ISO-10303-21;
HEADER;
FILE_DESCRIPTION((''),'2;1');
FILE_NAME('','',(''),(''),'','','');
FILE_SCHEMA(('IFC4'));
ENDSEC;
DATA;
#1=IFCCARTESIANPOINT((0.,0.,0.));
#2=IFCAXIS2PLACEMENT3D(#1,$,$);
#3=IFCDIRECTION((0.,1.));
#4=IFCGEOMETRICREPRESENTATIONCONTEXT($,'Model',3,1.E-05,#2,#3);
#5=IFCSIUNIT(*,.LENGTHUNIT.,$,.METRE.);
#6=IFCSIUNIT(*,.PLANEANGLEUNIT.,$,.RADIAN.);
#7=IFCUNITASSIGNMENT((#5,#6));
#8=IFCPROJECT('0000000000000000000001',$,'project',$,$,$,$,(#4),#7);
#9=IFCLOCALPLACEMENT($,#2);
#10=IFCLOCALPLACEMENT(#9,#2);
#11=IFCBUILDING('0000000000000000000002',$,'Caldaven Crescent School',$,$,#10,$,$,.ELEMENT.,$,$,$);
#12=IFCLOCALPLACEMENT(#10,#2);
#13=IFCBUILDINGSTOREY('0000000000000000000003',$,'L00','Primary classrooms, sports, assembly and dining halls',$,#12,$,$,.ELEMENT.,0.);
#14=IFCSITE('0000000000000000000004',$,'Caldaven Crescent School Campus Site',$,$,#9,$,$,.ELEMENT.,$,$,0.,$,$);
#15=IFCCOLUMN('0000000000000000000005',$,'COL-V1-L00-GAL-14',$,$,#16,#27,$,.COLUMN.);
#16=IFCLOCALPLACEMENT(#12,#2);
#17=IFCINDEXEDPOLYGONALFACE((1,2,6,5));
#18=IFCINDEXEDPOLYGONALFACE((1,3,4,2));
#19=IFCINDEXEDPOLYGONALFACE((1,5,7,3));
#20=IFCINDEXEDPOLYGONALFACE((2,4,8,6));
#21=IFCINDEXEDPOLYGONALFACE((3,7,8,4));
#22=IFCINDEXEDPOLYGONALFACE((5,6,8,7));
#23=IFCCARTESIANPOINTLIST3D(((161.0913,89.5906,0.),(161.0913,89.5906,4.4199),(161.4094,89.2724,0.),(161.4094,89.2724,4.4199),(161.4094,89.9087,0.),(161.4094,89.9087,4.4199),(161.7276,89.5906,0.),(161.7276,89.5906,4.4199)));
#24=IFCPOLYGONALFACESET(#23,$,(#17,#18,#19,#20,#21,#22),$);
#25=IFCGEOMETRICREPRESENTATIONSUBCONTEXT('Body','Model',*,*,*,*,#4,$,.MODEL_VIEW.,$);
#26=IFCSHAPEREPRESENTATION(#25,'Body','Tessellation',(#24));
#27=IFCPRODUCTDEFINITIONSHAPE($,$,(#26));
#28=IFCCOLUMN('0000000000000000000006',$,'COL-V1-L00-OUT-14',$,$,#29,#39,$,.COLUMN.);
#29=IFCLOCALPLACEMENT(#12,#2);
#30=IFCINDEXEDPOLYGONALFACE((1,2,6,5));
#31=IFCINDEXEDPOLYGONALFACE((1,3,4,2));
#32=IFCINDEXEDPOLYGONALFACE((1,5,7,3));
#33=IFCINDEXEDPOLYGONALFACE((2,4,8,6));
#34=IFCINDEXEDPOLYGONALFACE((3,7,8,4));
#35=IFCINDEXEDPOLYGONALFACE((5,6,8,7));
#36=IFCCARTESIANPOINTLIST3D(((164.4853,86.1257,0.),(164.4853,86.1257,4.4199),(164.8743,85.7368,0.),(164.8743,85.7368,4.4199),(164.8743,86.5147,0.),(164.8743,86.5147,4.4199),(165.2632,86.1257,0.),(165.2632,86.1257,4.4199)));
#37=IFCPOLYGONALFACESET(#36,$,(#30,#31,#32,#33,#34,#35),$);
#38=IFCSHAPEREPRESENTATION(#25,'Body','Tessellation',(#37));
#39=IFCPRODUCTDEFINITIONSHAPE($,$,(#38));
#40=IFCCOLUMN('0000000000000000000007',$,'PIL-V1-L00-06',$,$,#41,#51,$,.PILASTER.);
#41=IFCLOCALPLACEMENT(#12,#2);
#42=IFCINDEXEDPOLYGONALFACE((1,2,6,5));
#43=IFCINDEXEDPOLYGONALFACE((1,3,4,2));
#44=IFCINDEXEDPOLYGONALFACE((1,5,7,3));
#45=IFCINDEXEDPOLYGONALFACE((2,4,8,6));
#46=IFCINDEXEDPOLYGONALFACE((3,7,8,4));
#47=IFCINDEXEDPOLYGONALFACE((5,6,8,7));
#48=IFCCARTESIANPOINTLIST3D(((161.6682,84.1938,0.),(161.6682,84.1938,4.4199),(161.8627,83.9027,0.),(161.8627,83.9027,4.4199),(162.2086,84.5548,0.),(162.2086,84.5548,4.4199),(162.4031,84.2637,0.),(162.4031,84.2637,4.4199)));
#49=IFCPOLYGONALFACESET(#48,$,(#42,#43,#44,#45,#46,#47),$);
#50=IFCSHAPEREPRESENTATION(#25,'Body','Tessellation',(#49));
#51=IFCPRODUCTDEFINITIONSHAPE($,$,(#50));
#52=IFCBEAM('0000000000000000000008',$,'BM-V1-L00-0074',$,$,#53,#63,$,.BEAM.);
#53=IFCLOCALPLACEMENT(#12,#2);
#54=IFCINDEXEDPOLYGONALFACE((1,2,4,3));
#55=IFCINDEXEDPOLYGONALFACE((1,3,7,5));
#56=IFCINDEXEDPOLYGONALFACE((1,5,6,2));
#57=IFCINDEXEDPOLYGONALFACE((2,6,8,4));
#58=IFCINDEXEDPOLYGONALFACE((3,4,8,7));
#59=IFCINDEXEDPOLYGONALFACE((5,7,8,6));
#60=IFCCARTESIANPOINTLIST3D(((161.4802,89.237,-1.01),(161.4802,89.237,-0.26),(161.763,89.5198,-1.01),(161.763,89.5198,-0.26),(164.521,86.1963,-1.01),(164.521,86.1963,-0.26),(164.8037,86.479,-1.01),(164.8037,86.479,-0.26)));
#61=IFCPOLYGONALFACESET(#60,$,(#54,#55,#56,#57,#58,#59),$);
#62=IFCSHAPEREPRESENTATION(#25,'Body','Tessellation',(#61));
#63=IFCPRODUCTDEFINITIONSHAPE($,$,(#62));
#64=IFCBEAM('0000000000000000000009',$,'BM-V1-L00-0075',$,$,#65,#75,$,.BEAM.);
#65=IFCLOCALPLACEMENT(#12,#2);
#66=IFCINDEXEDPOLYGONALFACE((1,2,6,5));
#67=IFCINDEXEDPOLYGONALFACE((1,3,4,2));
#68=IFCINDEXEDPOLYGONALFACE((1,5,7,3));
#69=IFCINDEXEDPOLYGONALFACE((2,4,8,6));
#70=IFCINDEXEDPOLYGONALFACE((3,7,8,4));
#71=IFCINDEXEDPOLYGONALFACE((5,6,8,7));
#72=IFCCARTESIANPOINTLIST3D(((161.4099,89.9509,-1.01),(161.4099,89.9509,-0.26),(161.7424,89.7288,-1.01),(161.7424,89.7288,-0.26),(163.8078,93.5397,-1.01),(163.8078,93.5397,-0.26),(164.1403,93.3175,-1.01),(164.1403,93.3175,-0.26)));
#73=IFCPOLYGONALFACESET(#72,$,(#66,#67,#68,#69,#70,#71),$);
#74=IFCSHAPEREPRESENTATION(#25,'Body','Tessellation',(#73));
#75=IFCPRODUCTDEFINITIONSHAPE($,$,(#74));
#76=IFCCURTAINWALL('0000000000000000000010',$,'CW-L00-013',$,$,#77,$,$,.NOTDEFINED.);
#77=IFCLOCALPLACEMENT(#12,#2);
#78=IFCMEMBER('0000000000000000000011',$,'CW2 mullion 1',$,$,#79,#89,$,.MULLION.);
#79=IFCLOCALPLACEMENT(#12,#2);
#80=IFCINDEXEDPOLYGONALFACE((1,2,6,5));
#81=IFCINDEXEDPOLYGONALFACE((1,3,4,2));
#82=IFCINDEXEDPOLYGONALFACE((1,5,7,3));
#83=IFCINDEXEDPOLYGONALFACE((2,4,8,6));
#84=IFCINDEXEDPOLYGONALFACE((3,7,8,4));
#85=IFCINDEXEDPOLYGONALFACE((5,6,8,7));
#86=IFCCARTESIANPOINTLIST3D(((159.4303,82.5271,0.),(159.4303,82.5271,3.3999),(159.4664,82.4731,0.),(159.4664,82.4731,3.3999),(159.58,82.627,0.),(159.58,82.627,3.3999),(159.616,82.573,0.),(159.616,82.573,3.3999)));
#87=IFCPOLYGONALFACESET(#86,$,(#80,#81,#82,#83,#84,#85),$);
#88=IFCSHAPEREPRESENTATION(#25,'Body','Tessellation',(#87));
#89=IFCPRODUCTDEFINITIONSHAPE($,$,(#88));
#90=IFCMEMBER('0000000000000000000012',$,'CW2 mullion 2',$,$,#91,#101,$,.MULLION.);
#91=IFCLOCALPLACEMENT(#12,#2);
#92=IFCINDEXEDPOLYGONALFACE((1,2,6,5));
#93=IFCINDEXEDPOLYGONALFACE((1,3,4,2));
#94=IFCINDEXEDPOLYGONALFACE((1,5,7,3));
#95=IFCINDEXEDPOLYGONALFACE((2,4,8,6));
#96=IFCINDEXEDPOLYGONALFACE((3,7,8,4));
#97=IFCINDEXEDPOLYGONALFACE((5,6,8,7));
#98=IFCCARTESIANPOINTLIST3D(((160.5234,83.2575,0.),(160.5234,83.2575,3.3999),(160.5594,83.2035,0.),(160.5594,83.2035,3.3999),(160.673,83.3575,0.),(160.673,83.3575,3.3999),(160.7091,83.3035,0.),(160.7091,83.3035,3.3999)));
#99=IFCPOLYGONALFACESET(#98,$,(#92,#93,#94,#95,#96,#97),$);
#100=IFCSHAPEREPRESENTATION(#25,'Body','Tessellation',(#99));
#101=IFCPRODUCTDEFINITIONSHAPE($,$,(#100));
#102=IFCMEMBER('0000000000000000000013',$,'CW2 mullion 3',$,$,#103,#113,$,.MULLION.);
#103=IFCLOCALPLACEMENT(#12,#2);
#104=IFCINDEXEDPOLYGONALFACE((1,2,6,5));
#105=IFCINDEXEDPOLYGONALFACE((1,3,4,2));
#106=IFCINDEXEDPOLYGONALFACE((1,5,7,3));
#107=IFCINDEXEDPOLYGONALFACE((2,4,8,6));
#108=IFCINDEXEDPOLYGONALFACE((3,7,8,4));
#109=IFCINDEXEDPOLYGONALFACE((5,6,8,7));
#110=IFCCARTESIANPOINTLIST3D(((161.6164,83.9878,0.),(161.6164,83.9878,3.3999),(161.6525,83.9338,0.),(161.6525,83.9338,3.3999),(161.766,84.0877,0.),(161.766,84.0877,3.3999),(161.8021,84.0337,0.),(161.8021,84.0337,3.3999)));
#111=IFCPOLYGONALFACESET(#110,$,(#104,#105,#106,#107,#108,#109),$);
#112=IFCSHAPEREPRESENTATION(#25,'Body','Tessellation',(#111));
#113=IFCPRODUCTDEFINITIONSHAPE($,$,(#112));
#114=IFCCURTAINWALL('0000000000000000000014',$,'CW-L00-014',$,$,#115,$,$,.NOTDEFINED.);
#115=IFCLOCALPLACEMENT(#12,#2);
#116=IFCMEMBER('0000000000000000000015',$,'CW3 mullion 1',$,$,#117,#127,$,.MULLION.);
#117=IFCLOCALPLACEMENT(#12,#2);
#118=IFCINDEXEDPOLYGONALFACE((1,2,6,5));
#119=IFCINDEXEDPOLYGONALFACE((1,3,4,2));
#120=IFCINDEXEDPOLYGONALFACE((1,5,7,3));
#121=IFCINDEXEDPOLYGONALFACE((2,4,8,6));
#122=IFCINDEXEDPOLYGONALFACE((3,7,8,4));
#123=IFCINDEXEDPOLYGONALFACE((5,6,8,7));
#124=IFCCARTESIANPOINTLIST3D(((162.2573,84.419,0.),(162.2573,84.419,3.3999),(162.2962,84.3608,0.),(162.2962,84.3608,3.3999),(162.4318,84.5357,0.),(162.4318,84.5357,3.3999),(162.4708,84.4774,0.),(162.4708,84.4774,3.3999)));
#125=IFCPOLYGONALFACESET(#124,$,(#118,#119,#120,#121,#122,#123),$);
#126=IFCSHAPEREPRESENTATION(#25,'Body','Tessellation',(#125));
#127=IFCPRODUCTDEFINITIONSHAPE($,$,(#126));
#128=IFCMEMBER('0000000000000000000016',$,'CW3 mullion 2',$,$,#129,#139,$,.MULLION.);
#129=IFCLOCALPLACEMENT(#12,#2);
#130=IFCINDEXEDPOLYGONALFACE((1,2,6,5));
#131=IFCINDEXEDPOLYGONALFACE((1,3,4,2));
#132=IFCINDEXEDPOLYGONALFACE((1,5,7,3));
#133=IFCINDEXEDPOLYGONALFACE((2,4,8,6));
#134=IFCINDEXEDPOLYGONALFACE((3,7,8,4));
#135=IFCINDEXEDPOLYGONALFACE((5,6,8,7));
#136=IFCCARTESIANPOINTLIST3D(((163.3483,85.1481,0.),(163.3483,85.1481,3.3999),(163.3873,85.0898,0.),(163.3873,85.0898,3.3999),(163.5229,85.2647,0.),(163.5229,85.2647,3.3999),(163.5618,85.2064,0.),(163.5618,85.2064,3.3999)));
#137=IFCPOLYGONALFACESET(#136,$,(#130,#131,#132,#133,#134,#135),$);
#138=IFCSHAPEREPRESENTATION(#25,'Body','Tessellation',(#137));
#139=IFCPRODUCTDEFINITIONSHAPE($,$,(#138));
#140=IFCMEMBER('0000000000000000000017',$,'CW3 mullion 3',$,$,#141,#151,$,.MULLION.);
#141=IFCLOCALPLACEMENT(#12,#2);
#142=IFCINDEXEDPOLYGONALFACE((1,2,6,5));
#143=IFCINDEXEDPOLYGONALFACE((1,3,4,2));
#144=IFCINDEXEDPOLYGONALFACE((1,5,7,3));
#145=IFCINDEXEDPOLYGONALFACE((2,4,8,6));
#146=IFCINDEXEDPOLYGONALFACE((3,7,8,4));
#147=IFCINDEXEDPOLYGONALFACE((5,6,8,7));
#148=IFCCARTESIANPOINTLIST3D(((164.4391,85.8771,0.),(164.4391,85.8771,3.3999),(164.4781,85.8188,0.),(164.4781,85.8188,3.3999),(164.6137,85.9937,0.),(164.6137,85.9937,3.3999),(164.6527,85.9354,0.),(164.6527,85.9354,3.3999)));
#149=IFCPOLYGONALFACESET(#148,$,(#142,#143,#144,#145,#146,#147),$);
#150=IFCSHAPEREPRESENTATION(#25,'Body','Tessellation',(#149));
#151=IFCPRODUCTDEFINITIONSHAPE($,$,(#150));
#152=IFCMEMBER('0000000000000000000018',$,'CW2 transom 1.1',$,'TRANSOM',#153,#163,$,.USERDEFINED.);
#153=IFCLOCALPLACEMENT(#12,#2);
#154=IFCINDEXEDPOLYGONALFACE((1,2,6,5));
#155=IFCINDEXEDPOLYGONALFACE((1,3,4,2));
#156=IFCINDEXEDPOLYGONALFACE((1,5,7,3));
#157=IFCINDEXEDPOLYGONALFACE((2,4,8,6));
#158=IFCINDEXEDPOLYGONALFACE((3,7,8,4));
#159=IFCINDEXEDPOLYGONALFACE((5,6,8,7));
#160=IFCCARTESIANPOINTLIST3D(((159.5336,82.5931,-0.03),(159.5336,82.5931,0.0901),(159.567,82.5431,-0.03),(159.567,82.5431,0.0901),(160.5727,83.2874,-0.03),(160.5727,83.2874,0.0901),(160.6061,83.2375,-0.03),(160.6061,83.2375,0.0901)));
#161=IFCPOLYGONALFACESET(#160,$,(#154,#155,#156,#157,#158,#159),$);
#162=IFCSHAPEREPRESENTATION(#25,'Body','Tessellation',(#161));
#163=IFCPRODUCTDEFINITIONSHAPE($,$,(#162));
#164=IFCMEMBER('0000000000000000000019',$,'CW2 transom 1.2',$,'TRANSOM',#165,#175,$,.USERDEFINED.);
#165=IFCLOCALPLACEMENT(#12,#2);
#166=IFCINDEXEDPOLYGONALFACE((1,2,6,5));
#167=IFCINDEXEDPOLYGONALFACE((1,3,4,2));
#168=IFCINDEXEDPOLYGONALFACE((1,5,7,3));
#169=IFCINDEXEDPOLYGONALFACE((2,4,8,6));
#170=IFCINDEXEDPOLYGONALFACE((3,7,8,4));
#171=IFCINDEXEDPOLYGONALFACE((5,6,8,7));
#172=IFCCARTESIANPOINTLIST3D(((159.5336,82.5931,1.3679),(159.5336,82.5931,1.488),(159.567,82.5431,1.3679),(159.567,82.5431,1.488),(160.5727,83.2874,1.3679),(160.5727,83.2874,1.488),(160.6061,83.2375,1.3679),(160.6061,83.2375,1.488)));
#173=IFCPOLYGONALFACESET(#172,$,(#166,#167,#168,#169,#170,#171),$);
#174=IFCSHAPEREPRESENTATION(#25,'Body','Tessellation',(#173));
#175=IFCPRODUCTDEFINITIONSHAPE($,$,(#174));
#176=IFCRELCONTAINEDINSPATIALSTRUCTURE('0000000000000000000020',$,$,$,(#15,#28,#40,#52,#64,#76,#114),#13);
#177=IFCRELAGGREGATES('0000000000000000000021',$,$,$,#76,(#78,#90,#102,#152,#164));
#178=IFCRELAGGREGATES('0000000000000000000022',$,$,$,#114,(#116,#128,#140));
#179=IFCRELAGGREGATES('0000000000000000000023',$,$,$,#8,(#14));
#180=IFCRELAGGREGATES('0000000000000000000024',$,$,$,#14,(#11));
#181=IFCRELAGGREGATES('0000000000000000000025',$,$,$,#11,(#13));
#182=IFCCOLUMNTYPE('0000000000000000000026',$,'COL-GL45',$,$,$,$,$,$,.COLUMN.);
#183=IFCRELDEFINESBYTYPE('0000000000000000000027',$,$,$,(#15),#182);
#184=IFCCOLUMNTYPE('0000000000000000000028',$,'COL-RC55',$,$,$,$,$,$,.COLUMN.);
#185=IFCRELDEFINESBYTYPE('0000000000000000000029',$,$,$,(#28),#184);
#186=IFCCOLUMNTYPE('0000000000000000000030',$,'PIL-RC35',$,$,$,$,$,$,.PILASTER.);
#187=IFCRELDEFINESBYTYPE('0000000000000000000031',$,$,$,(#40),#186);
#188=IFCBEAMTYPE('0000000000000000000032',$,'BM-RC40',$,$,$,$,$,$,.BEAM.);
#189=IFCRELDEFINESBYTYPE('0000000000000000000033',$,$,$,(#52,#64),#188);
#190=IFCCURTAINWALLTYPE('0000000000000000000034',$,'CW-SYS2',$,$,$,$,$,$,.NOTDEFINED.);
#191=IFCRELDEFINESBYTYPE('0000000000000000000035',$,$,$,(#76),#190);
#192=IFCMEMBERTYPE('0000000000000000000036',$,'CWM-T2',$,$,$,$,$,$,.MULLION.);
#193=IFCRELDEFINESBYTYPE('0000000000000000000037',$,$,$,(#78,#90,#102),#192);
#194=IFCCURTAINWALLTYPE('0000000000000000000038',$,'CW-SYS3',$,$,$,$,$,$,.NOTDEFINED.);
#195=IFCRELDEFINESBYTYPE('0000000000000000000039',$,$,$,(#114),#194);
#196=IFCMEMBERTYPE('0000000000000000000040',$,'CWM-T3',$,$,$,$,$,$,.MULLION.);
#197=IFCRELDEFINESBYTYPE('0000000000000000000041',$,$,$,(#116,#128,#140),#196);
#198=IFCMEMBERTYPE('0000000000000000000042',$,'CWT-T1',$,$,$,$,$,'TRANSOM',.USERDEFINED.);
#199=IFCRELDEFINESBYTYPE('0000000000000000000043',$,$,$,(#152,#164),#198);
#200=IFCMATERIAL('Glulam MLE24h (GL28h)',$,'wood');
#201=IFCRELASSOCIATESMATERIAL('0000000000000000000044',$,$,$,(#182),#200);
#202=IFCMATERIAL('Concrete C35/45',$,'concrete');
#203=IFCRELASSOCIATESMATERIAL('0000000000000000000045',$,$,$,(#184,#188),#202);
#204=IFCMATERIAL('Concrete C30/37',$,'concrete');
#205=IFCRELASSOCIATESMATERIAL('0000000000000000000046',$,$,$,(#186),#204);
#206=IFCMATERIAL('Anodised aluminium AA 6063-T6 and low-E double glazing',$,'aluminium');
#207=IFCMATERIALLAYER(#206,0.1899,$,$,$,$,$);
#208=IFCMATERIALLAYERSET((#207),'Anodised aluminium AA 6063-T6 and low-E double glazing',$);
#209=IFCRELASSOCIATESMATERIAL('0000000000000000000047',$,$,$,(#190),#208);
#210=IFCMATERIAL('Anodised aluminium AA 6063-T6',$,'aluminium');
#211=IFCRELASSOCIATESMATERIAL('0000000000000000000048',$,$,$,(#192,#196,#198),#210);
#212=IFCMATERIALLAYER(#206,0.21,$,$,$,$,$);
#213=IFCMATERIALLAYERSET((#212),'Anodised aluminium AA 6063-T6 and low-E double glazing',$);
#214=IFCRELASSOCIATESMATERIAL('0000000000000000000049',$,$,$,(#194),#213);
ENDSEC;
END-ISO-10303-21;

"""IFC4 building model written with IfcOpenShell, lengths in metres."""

from ifc_helpers import new_model, si_unit, direction, frame, origin, origin_2d, place, context, subcontext, project, spatial, rectangle, extrude, material, layer, layer_set, material_profile, profile_set, type_object, element, aggregate, save


model = new_model("IFC4")

# Units and contexts
model_context = context("Model", 3, precision=1e-05, world=origin(), true_north=direction((0.0, 1.0)))
body_context = subcontext(model_context, "Body", "Model", "MODEL_VIEW")
ifc_project = project(units=[si_unit("LENGTHUNIT", "METRE"), si_unit("PLANEANGLEUNIT", "RADIAN")], contexts=[model_context])

# Site, building, storey
site_placement = place(None, origin())
site = spatial("IfcSite", under=ifc_project, at=site_placement, Name="Caldaven Crescent School Campus Site", CompositionType="ELEMENT", RefElevation=0.0)
building_placement = place(site_placement, origin())
building = spatial("IfcBuilding", under=site, at=building_placement, Name="Caldaven Crescent School", CompositionType="ELEMENT")
storey_placement = place(building_placement, origin())
storey = spatial("IfcBuildingStorey", under=building, at=storey_placement, Name="L00", Description="Primary classrooms, sports, assembly and dining halls", CompositionType="ELEMENT", Elevation=0.0)

# Columns
ifc_material_1 = material(Name="Glulam MLE24h (GL28h)", Category="wood")
ifc_material_profile_1 = material_profile(ifc_material_1, rectangle(XDim=0.45, YDim=0.45, at=origin_2d()), Name="MLE 450x450")
ifc_profile_set_1 = profile_set([ifc_material_profile_1], Name="Glulam MLE24h (GL28h)")
column_type_1 = type_object("IfcColumnType", Name="COL-GL45", PredefinedType="COLUMN", material=ifc_profile_set_1)
column_1_placement = place(storey_placement, frame((161.4094, 89.5906, 0.0), z_axis=(0.0, 0.0, 1.0), x_axis=(0.707107, -0.707107, 0.0)))
element("IfcColumn", 1, at=column_1_placement, inside=storey, type_object=column_type_1, Name="COL-V1-L00-GAL-14", PredefinedType="COLUMN", context=body_context, shape_type="SweptSolid", body=[
    extrude(rectangle(XDim=0.45, YDim=0.45, at=origin_2d()), origin(), (0.0, 0.0, 1.0), 4.4199),
])
ifc_material_2 = material(Name="Concrete C35/45", Category="concrete")
ifc_material_profile_2 = material_profile(ifc_material_2, rectangle(XDim=0.55, YDim=0.55, at=origin_2d()), Name="RC 550x550")
ifc_profile_set_2 = profile_set([ifc_material_profile_2], Name="Concrete C35/45")
column_type_2 = type_object("IfcColumnType", Name="COL-RC55", PredefinedType="COLUMN", material=ifc_profile_set_2)
column_2_placement = place(storey_placement, frame((164.8743, 86.1257, 0.0), z_axis=(0.0, 0.0, 1.0), x_axis=(0.707107, -0.707107, 0.0)))
element("IfcColumn", 2, at=column_2_placement, inside=storey, type_object=column_type_2, Name="COL-V1-L00-OUT-14", PredefinedType="COLUMN", context=body_context, shape_type="SweptSolid", body=[
    extrude(rectangle(XDim=0.55, YDim=0.55, at=origin_2d()), origin(), (0.0, 0.0, 1.0), 4.4199),
])
ifc_material_3 = material(Name="Concrete C30/37", Category="concrete")
ifc_material_profile_3 = material_profile(ifc_material_3, rectangle(XDim=0.3501, YDim=0.6499, at=origin_2d()), Name="RC 350x650")
ifc_profile_set_3 = profile_set([ifc_material_profile_3], Name="Concrete C30/37")
column_type_3 = type_object("IfcColumnType", Name="PIL-RC35", PredefinedType="PILASTER", material=ifc_profile_set_3)
column_3_placement = place(storey_placement, frame((162.0356, 84.2288, 0.0), z_axis=(0.0, 0.0, 1.0), x_axis=(0.55557, -0.83147, 0.0)))
element("IfcColumn", 3, at=column_3_placement, inside=storey, type_object=column_type_3, Name="PIL-V1-L00-06", PredefinedType="PILASTER", context=body_context, shape_type="SweptSolid", body=[
    extrude(rectangle(XDim=0.3501, YDim=0.6499, at=origin_2d()), origin(), (0.0, 0.0, 1.0), 4.4199),
])

# Beams
ifc_material_profile_4 = material_profile(ifc_material_2, rectangle(XDim=0.3999, YDim=0.75, at=origin_2d()), Name="RC 400x750")
ifc_profile_set_4 = profile_set([ifc_material_profile_4], Name="Concrete C35/45")
beam_type_1 = type_object("IfcBeamType", Name="BM-RC40", PredefinedType="BEAM", material=ifc_profile_set_4)
beam_1_placement = place(storey_placement, frame((161.6216, 89.3784, -0.635), z_axis=(0.707107, -0.707107, 0.0), x_axis=(0.707107, 0.707107, 0.0)))
element("IfcBeam", 4, at=beam_1_placement, inside=storey, type_object=beam_type_1, Name="BM-V1-L00-0074", PredefinedType="BEAM", context=body_context, shape_type="SweptSolid", body=[
    extrude(rectangle(XDim=0.3999, YDim=0.75, at=origin_2d()), origin(), (0.0, 0.0, 1.0), 4.3003),
])
beam_2_placement = place(storey_placement, frame((161.5762, 89.8398, -0.635), z_axis=(0.555561, 0.831476, 0.0), x_axis=(-0.831476, 0.555561, 0.0)))
element("IfcBeam", 5, at=beam_2_placement, inside=storey, type_object=beam_type_1, Name="BM-V1-L00-0075", PredefinedType="BEAM", context=body_context, shape_type="SweptSolid", body=[
    extrude(rectangle(XDim=0.3999, YDim=0.75, at=origin_2d()), origin(), (0.0, 0.0, 1.0), 4.3162),
])

# Curtain walls, members
ifc_material_4 = material(Name="Anodised aluminium AA 6063-T6 and low-E double glazing", Category="aluminium")
ifc_layer_1 = layer(ifc_material_4, 0.1899)
ifc_layer_set_1 = layer_set([ifc_layer_1], Name="Anodised aluminium AA 6063-T6 and low-E double glazing")
curtain_wall_type_1 = type_object("IfcCurtainWallType", Name="CW-SYS2", PredefinedType="NOTDEFINED", material=ifc_layer_set_1)
curtain_wall_1_placement = place(storey_placement, origin())
curtain_wall_1 = element("IfcCurtainWall", 6, at=curtain_wall_1_placement, inside=storey, type_object=curtain_wall_type_1, Name="CW-L00-013", PredefinedType="NOTDEFINED")
ifc_material_5 = material(Name="Anodised aluminium AA 6063-T6", Category="aluminium")
ifc_material_profile_5 = material_profile(ifc_material_5, rectangle(XDim=0.0649, YDim=0.1799, at=origin_2d()), Name="CWM 65x180")
ifc_profile_set_5 = profile_set([ifc_material_profile_5], Name="Anodised aluminium AA 6063-T6")
member_type_1 = type_object("IfcMemberType", Name="CWM-T2", PredefinedType="MULLION", material=ifc_profile_set_5)
member_1_placement = place(storey_placement, frame((159.5232, 82.55, 0.0), z_axis=(0.0, 0.0, 1.0), x_axis=(-0.555569, 0.83147, 0.0)))
member_1 = element("IfcMember", 7, at=member_1_placement, type_object=member_type_1, Name="CW2 mullion 1", PredefinedType="MULLION", context=body_context, shape_type="SweptSolid", body=[
    extrude(rectangle(XDim=0.0649, YDim=0.1799, at=origin_2d()), origin(), (0.0, 0.0, 1.0), 3.3999),
])
member_2_placement = place(storey_placement, frame((160.6162, 83.2805, 0.0), z_axis=(0.0, 0.0, 1.0), x_axis=(-0.555569, 0.83147, 0.0)))
member_2 = element("IfcMember", 8, at=member_2_placement, type_object=member_type_1, Name="CW2 mullion 2", PredefinedType="MULLION", context=body_context, shape_type="SweptSolid", body=[
    extrude(rectangle(XDim=0.0649, YDim=0.1799, at=origin_2d()), origin(), (0.0, 0.0, 1.0), 3.3999),
])
member_3_placement = place(storey_placement, frame((161.7092, 84.0107, 0.0), z_axis=(0.0, 0.0, 1.0), x_axis=(-0.555569, 0.83147, 0.0)))
member_3 = element("IfcMember", 9, at=member_3_placement, type_object=member_type_1, Name="CW2 mullion 3", PredefinedType="MULLION", context=body_context, shape_type="SweptSolid", body=[
    extrude(rectangle(XDim=0.0649, YDim=0.1799, at=origin_2d()), origin(), (0.0, 0.0, 1.0), 3.3999),
])
ifc_layer_2 = layer(ifc_material_4, 0.21)
ifc_layer_set_2 = layer_set([ifc_layer_2], Name="Anodised aluminium AA 6063-T6 and low-E double glazing")
curtain_wall_type_2 = type_object("IfcCurtainWallType", Name="CW-SYS3", PredefinedType="NOTDEFINED", material=ifc_layer_set_2)
curtain_wall_2_placement = place(storey_placement, origin())
curtain_wall_2 = element("IfcCurtainWall", 10, at=curtain_wall_2_placement, inside=storey, type_object=curtain_wall_type_2, Name="CW-L00-014", PredefinedType="NOTDEFINED")
ifc_material_profile_6 = material_profile(ifc_material_5, rectangle(XDim=0.0701, YDim=0.21, at=origin_2d()), Name="CWM 70x210")
ifc_profile_set_6 = profile_set([ifc_material_profile_6], Name="Anodised aluminium AA 6063-T6")
member_type_2 = type_object("IfcMemberType", Name="CWM-T3", PredefinedType="MULLION", material=ifc_profile_set_6)
member_4_placement = place(storey_placement, frame((162.364, 84.4482, 0.0), z_axis=(0.0, 0.0, 1.0), x_axis=(-0.555572, 0.831469, 0.0)))
member_4 = element("IfcMember", 11, at=member_4_placement, type_object=member_type_2, Name="CW3 mullion 1", PredefinedType="MULLION", context=body_context, shape_type="SweptSolid", body=[
    extrude(rectangle(XDim=0.0701, YDim=0.21, at=origin_2d()), origin(), (0.0, 0.0, 1.0), 3.3999),
])
member_5_placement = place(storey_placement, frame((163.4551, 85.1772, 0.0), z_axis=(0.0, 0.0, 1.0), x_axis=(-0.555572, 0.831469, 0.0)))
member_5 = element("IfcMember", 12, at=member_5_placement, type_object=member_type_2, Name="CW3 mullion 2", PredefinedType="MULLION", context=body_context, shape_type="SweptSolid", body=[
    extrude(rectangle(XDim=0.0701, YDim=0.21, at=origin_2d()), origin(), (0.0, 0.0, 1.0), 3.3999),
])
member_6_placement = place(storey_placement, frame((164.5459, 85.9062, 0.0), z_axis=(0.0, 0.0, 1.0), x_axis=(-0.555572, 0.831469, 0.0)))
member_6 = element("IfcMember", 13, at=member_6_placement, type_object=member_type_2, Name="CW3 mullion 3", PredefinedType="MULLION", context=body_context, shape_type="SweptSolid", body=[
    extrude(rectangle(XDim=0.0701, YDim=0.21, at=origin_2d()), origin(), (0.0, 0.0, 1.0), 3.3999),
])

# Members
ifc_material_profile_7 = material_profile(ifc_material_5, rectangle(XDim=0.0601, YDim=0.1201, at=origin_2d()), Name="CWT 60x120")
ifc_profile_set_7 = profile_set([ifc_material_profile_7], Name="Anodised aluminium AA 6063-T6")
member_type_3 = type_object("IfcMemberType", Name="CWT-T1", ElementType="TRANSOM", PredefinedType="USERDEFINED", material=ifc_profile_set_7)
member_7_placement = place(storey_placement, frame((159.5503, 82.5681, 0.03), z_axis=(0.831449, 0.555602, 0.0), x_axis=(-0.555602, 0.831449, 0.0)))
member_7 = element("IfcMember", 14, at=member_7_placement, type_object=member_type_3, Name="CW2 transom 1.1", ObjectType="TRANSOM", PredefinedType="USERDEFINED", context=body_context, shape_type="SweptSolid", body=[
    extrude(rectangle(XDim=0.0601, YDim=0.1201, at=origin_2d()), origin(), (0.0, 0.0, 1.0), 1.2498),
])
member_8_placement = place(storey_placement, frame((159.5503, 82.5681, 1.428), z_axis=(0.831449, 0.555602, 0.0), x_axis=(-0.555602, 0.831449, 0.0)))
member_8 = element("IfcMember", 15, at=member_8_placement, type_object=member_type_3, Name="CW2 transom 1.2", ObjectType="TRANSOM", PredefinedType="USERDEFINED", context=body_context, shape_type="SweptSolid", body=[
    extrude(rectangle(XDim=0.0601, YDim=0.1201, at=origin_2d()), origin(), (0.0, 0.0, 1.0), 1.2498),
])

aggregate(curtain_wall_1, [member_1, member_2, member_3, member_7, member_8])
aggregate(curtain_wall_2, [member_4, member_5, member_6])

save(model, "model.ifc")
